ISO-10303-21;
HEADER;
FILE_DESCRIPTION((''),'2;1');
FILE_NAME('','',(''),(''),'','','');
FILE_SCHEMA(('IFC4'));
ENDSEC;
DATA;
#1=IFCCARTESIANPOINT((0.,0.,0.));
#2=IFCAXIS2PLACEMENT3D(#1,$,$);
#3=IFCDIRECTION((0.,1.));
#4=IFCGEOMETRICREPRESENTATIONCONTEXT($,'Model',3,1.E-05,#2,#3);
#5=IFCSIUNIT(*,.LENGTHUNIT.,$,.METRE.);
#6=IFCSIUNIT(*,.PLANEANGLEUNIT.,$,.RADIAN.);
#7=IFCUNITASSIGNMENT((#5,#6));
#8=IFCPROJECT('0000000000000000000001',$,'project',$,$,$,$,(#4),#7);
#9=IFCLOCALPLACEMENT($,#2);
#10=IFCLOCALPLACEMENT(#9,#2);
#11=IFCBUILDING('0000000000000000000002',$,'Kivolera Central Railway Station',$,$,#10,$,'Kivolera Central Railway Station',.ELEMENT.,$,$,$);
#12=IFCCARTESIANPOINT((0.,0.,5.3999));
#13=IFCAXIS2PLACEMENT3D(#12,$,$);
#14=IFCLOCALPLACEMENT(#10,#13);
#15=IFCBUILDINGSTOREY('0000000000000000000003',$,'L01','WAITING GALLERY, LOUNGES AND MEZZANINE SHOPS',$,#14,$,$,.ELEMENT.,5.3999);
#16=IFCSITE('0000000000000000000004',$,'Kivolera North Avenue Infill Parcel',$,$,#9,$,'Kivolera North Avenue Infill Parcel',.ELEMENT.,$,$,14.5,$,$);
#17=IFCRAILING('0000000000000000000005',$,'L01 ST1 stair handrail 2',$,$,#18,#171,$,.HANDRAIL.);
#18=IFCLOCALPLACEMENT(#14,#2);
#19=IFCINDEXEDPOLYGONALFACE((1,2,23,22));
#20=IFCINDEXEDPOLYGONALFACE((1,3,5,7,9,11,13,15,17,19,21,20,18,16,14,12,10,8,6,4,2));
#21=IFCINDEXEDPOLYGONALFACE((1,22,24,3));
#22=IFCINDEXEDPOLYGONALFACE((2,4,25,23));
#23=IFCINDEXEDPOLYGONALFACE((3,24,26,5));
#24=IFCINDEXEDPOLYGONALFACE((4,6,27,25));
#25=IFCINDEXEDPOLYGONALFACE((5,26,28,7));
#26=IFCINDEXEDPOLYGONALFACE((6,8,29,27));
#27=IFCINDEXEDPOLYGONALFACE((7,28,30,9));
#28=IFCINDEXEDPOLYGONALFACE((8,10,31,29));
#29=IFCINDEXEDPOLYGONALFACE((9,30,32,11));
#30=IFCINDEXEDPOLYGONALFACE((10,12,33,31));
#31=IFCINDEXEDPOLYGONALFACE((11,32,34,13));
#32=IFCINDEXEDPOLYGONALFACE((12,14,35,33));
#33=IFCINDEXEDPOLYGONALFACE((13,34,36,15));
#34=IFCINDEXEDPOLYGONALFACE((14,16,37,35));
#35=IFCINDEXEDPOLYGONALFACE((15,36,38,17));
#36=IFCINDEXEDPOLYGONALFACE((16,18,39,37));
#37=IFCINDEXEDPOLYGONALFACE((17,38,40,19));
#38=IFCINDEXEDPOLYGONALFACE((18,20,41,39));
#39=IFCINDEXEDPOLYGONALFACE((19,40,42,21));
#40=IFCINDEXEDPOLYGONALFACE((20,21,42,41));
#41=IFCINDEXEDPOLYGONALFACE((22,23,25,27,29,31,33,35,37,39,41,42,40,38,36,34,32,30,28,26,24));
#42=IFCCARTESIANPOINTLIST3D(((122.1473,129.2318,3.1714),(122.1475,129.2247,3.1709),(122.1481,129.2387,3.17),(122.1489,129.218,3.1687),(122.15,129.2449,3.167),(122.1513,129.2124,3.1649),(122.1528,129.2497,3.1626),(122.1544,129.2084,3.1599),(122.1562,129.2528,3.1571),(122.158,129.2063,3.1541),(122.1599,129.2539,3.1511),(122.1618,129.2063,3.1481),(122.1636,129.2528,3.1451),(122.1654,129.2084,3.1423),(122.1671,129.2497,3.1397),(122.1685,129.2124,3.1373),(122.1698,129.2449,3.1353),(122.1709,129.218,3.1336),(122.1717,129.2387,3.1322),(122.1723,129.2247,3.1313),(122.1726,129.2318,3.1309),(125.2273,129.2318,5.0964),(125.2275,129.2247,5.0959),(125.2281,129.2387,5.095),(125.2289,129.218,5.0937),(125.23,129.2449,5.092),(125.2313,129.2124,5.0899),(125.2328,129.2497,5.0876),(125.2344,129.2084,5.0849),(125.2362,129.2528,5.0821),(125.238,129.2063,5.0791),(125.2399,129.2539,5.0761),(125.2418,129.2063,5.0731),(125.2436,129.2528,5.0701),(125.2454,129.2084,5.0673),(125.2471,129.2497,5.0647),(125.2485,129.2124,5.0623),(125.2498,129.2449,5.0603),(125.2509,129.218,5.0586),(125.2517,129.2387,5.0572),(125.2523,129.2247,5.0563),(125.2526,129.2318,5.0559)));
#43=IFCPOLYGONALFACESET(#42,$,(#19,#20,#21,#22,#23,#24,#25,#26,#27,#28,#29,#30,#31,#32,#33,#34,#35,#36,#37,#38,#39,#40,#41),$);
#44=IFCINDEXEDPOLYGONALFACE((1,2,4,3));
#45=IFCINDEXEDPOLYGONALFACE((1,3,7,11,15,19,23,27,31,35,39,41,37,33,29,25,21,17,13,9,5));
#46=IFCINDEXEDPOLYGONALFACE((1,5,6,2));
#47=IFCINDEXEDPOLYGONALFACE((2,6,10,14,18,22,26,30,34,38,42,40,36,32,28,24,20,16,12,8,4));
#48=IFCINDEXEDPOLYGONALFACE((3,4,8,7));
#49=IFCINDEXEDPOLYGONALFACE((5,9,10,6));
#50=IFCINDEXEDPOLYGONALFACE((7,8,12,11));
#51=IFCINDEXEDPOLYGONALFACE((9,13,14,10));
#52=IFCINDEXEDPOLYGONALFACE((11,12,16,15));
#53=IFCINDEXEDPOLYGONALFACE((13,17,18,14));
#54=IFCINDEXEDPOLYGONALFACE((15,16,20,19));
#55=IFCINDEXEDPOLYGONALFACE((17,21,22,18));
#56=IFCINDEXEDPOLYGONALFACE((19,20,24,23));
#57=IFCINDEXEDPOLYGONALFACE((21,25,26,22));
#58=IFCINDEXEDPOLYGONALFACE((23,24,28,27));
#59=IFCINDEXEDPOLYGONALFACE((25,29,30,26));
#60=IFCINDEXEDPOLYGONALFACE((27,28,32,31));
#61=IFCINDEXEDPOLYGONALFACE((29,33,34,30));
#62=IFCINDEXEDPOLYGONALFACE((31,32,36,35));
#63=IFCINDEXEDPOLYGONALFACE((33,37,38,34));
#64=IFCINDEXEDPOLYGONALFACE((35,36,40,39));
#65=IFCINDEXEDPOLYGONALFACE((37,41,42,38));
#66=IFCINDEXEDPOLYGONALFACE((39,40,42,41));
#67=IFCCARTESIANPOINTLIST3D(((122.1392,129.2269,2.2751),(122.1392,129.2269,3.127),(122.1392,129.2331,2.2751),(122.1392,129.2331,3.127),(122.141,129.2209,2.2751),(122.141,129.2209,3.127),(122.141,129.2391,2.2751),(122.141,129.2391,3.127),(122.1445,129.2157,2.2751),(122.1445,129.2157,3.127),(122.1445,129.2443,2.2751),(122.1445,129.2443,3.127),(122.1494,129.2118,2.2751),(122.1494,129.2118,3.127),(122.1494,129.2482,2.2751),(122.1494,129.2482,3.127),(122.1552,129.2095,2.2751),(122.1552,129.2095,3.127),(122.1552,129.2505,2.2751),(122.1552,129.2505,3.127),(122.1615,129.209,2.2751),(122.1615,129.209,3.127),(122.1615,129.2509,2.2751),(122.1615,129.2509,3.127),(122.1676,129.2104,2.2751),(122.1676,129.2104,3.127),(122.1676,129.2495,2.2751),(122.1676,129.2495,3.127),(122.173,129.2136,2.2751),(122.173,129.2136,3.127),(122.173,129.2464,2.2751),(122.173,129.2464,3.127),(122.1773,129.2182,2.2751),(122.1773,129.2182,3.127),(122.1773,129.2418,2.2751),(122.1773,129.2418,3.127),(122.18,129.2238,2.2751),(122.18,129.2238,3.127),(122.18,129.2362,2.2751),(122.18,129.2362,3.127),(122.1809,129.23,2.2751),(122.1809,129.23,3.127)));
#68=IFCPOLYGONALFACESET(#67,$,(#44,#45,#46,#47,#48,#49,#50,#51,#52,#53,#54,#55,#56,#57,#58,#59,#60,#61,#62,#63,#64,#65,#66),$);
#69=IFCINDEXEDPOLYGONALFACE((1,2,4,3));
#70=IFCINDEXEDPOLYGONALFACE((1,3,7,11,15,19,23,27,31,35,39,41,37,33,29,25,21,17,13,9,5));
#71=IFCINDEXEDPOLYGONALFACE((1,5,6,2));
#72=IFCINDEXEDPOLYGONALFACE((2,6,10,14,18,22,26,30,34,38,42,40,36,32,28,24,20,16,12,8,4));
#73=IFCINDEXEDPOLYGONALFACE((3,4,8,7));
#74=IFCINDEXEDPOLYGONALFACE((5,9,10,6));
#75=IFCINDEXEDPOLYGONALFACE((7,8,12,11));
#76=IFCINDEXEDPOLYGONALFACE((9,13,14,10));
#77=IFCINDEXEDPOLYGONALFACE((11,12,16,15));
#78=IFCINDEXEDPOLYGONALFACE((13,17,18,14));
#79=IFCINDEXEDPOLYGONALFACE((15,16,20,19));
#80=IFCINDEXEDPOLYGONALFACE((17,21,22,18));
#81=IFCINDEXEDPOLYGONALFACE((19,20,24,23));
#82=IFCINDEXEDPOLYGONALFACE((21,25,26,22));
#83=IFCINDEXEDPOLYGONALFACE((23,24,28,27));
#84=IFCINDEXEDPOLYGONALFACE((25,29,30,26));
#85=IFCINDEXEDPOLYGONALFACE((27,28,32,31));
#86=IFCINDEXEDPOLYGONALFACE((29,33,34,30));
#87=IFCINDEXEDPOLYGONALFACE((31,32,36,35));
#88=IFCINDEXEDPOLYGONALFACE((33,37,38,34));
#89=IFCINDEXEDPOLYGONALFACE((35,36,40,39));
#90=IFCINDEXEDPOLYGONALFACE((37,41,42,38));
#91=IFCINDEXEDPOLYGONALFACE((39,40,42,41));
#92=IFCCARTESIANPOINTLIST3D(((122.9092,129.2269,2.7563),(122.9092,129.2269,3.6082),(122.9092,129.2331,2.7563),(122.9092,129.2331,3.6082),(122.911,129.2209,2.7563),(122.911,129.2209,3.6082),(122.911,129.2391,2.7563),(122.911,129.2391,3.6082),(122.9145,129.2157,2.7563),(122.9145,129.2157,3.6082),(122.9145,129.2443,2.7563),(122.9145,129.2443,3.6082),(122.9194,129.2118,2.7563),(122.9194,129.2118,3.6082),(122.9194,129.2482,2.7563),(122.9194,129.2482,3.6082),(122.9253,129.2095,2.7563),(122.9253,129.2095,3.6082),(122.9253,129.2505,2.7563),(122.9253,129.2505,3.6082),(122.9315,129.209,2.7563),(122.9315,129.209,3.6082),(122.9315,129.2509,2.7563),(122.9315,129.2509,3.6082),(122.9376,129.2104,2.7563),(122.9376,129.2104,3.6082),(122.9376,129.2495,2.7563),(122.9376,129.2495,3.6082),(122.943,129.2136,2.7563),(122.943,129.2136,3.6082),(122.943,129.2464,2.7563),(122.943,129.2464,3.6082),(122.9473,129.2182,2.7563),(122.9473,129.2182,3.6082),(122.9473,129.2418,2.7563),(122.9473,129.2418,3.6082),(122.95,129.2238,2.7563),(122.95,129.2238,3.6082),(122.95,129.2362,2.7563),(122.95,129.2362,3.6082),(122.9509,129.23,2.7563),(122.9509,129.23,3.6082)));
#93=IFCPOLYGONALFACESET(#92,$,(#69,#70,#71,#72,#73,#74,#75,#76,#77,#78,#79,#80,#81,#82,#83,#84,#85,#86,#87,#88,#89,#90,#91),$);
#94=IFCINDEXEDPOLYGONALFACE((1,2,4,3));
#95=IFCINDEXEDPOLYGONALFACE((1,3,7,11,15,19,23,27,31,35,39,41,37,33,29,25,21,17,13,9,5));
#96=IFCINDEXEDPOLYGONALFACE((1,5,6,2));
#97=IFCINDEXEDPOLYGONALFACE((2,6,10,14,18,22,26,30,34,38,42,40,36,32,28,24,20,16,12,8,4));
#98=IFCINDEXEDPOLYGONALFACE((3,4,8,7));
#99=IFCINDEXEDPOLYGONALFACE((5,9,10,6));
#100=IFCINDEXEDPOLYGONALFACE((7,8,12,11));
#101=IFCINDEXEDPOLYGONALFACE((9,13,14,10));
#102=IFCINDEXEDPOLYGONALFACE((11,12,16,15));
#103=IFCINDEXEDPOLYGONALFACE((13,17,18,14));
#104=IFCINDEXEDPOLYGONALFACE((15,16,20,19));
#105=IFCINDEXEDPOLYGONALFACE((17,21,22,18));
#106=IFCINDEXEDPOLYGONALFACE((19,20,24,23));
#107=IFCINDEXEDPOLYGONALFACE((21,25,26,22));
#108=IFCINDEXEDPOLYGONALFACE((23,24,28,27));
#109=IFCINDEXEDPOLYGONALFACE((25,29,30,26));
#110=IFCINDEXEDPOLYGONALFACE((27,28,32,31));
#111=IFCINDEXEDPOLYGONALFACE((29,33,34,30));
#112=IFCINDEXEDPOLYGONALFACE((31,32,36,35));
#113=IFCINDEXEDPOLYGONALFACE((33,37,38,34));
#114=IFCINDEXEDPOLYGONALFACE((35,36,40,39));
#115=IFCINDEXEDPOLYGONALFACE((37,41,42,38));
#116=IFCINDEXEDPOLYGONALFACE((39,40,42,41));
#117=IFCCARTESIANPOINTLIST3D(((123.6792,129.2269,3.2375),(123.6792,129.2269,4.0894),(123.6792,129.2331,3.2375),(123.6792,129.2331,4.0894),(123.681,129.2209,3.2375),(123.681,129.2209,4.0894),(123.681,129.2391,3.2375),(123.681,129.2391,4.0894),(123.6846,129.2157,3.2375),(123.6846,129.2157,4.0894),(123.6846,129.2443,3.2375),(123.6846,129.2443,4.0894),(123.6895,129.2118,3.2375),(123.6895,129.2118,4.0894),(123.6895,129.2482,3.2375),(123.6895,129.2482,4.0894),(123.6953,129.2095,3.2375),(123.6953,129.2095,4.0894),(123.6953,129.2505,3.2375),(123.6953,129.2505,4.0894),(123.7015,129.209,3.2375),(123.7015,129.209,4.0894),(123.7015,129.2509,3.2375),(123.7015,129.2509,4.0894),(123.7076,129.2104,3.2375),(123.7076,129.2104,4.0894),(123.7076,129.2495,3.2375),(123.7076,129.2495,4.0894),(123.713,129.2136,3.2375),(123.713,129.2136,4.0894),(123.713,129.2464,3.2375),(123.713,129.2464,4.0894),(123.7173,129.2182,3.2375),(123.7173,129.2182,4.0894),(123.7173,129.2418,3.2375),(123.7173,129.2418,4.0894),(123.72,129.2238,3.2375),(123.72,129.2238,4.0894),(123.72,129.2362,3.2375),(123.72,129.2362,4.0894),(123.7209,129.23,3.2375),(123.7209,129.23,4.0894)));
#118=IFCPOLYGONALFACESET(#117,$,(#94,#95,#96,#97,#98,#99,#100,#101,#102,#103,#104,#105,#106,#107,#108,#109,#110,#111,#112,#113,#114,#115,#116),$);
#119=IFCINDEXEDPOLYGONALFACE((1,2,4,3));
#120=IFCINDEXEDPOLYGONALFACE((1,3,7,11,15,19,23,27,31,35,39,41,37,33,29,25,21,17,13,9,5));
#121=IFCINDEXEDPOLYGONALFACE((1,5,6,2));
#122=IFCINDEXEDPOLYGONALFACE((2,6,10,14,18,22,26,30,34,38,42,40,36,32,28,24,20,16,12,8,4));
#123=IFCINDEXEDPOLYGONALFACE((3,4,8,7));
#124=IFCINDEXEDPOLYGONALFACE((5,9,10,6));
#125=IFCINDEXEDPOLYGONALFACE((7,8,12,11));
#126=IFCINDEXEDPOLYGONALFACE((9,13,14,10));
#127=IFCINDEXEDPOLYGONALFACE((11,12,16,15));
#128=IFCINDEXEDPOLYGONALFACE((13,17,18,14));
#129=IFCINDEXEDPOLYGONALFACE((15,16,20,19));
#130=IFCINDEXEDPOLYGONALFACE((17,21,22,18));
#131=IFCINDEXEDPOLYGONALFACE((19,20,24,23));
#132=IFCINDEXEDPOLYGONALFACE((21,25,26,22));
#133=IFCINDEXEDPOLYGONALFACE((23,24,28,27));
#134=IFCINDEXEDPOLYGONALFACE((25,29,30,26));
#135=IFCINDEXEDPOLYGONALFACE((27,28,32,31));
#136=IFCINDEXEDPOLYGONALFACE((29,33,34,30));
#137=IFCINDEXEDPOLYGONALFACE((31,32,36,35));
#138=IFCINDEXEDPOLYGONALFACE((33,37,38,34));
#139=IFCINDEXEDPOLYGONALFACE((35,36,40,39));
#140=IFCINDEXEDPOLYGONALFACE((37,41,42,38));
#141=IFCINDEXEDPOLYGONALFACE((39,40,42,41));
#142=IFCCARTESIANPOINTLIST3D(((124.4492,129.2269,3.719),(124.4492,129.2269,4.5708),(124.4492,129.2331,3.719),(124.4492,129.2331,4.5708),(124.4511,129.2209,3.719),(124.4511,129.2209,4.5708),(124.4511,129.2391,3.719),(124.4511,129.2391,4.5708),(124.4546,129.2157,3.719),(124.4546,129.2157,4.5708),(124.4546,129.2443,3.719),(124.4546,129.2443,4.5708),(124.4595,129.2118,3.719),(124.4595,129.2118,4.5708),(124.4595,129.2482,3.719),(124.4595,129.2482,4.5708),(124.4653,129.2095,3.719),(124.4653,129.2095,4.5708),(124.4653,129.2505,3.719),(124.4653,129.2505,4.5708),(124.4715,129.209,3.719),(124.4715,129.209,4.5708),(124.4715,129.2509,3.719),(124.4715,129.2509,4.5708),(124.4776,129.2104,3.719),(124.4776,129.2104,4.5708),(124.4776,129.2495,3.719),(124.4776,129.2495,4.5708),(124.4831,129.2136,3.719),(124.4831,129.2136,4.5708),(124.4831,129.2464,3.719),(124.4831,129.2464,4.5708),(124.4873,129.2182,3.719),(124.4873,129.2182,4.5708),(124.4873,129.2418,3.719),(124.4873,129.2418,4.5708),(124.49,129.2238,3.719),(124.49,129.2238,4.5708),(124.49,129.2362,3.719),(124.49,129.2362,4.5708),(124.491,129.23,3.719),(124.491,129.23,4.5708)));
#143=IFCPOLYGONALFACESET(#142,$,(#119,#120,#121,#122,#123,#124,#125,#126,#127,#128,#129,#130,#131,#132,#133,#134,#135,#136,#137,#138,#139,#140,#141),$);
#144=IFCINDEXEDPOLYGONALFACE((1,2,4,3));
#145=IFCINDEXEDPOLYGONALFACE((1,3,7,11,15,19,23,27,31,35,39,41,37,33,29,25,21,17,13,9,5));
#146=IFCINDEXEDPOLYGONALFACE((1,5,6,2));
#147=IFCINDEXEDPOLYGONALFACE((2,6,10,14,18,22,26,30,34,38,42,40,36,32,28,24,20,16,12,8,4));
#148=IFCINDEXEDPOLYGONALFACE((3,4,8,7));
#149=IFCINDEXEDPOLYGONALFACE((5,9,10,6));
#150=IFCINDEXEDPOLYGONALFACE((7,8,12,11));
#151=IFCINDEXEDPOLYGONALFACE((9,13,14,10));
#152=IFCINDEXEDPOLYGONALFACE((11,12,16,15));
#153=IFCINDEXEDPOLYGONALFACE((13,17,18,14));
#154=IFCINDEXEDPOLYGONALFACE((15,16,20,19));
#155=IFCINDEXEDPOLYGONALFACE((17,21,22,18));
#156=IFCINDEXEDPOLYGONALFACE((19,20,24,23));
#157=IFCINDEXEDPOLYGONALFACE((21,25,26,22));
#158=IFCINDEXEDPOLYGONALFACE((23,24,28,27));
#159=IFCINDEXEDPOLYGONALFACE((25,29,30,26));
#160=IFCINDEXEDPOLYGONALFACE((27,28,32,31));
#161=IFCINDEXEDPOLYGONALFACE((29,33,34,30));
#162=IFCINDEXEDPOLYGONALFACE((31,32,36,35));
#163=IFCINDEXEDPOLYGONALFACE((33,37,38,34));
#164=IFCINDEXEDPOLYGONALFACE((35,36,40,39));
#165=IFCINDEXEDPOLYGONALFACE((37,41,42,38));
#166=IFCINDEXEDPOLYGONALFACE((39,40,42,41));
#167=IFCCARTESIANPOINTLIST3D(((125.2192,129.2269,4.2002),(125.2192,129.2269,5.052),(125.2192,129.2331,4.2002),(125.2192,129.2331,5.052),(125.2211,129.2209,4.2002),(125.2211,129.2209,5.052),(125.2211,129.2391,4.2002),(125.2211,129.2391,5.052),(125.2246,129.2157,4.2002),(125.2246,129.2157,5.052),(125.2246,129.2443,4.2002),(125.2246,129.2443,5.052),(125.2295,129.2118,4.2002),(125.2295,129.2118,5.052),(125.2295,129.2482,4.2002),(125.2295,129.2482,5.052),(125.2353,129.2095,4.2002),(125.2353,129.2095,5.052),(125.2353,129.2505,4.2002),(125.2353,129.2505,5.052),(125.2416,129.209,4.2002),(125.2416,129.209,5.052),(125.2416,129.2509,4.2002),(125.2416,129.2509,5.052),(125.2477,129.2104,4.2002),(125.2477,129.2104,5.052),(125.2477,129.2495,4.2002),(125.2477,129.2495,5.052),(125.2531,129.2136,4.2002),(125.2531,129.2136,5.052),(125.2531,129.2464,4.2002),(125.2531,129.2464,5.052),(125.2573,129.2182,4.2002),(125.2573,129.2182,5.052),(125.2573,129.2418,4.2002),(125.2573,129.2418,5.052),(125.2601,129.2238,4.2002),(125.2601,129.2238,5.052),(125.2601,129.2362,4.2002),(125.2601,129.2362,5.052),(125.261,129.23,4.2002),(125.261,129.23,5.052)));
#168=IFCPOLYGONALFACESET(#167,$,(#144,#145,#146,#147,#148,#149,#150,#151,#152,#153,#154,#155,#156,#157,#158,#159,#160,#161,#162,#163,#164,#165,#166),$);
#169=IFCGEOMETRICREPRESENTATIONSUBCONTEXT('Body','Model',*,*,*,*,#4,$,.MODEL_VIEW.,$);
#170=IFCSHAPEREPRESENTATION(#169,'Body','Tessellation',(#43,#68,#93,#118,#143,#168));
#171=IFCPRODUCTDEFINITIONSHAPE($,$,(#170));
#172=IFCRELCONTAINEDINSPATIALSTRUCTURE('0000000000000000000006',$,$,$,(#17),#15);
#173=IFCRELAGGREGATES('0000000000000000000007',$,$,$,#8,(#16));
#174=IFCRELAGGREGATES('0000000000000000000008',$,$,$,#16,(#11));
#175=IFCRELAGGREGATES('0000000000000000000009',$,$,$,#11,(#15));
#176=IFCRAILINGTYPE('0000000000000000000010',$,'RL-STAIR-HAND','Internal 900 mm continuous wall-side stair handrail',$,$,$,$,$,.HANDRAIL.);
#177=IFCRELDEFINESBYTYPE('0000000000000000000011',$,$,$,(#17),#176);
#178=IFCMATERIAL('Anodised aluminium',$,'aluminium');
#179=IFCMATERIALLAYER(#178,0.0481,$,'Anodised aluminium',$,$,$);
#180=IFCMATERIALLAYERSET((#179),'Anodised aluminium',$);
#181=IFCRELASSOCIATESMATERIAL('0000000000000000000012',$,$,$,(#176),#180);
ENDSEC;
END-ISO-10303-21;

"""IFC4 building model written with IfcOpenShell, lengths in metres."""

from ifc_helpers import new_model, si_unit, direction, frame, origin, origin_2d, place, context, subcontext, project, spatial, circle, extrude, material, layer, layer_set, type_object, element, save


model = new_model("IFC4")

# Units and contexts
model_context = context("Model", 3, precision=1e-05, world=origin(), true_north=direction((0.0, 1.0)))
body_context = subcontext(model_context, "Body", "Model", "MODEL_VIEW")
ifc_project = project(units=[si_unit("LENGTHUNIT", "METRE"), si_unit("PLANEANGLEUNIT", "RADIAN")], contexts=[model_context])

# Site, building, storey
site_placement = place(None, origin())
site = spatial("IfcSite", under=ifc_project, at=site_placement, Name="Kivolera North Avenue Infill Parcel", LongName="Kivolera North Avenue Infill Parcel", CompositionType="ELEMENT", RefElevation=14.5)
building_placement = place(site_placement, origin())
building = spatial("IfcBuilding", under=site, at=building_placement, Name="Kivolera Central Railway Station", LongName="Kivolera Central Railway Station", CompositionType="ELEMENT")
storey_placement = place(building_placement, frame((0.0, 0.0, 5.3999)))
storey = spatial("IfcBuildingStorey", under=building, at=storey_placement, Name="L01", Description="WAITING GALLERY, LOUNGES AND MEZZANINE SHOPS", CompositionType="ELEMENT", Elevation=5.3999)

# Shared definitions
ifc_material_1 = material(Name="Anodised aluminium", Category="aluminium")

# Railing
ifc_layer_1 = layer(ifc_material_1, 0.0481, Name="Anodised aluminium")
ifc_layer_set_1 = layer_set([ifc_layer_1], Name="Anodised aluminium")
railing_type = type_object("IfcRailingType", Name="RL-STAIR-HAND", Description="Internal 900 mm continuous wall-side stair handrail", PredefinedType="HANDRAIL", material=ifc_layer_set_1)
railing_placement = place(storey_placement, frame((122.1599, 129.23, 2.2751)))
element("IfcRailing", 1, at=railing_placement, inside=storey, type_object=railing_type, Name="L01 ST1 stair handrail 2", PredefinedType="HANDRAIL", context=body_context, shape_type="SweptSolid", body=[
    extrude(circle(Radius=0.0239, at=origin_2d()), frame((0.0, 0.0, 0.876), z_axis=(0.847998, 0.0, 0.529999), x_axis=(0.0, 1.0, 0.0)), (0.0, 0.0, 1.0), 3.6321),
    extrude(circle(Radius=0.021, at=origin_2d()), origin(), (0.0, 0.0, 1.0), 0.8518),
    extrude(circle(Radius=0.021, at=origin_2d()), frame((0.77, 0.0, 0.4812)), (0.0, 0.0, 1.0), 0.8518),
    extrude(circle(Radius=0.021, at=origin_2d()), frame((1.54, 0.0, 0.9624)), (0.0, 0.0, 1.0), 0.8518),
    extrude(circle(Radius=0.021, at=origin_2d()), frame((2.3101, 0.0, 1.4438)), (0.0, 0.0, 1.0), 0.8518),
    extrude(circle(Radius=0.021, at=origin_2d()), frame((3.0801, 0.0, 1.925)), (0.0, 0.0, 1.0), 0.8518),
])

save(model, "model.ifc")
